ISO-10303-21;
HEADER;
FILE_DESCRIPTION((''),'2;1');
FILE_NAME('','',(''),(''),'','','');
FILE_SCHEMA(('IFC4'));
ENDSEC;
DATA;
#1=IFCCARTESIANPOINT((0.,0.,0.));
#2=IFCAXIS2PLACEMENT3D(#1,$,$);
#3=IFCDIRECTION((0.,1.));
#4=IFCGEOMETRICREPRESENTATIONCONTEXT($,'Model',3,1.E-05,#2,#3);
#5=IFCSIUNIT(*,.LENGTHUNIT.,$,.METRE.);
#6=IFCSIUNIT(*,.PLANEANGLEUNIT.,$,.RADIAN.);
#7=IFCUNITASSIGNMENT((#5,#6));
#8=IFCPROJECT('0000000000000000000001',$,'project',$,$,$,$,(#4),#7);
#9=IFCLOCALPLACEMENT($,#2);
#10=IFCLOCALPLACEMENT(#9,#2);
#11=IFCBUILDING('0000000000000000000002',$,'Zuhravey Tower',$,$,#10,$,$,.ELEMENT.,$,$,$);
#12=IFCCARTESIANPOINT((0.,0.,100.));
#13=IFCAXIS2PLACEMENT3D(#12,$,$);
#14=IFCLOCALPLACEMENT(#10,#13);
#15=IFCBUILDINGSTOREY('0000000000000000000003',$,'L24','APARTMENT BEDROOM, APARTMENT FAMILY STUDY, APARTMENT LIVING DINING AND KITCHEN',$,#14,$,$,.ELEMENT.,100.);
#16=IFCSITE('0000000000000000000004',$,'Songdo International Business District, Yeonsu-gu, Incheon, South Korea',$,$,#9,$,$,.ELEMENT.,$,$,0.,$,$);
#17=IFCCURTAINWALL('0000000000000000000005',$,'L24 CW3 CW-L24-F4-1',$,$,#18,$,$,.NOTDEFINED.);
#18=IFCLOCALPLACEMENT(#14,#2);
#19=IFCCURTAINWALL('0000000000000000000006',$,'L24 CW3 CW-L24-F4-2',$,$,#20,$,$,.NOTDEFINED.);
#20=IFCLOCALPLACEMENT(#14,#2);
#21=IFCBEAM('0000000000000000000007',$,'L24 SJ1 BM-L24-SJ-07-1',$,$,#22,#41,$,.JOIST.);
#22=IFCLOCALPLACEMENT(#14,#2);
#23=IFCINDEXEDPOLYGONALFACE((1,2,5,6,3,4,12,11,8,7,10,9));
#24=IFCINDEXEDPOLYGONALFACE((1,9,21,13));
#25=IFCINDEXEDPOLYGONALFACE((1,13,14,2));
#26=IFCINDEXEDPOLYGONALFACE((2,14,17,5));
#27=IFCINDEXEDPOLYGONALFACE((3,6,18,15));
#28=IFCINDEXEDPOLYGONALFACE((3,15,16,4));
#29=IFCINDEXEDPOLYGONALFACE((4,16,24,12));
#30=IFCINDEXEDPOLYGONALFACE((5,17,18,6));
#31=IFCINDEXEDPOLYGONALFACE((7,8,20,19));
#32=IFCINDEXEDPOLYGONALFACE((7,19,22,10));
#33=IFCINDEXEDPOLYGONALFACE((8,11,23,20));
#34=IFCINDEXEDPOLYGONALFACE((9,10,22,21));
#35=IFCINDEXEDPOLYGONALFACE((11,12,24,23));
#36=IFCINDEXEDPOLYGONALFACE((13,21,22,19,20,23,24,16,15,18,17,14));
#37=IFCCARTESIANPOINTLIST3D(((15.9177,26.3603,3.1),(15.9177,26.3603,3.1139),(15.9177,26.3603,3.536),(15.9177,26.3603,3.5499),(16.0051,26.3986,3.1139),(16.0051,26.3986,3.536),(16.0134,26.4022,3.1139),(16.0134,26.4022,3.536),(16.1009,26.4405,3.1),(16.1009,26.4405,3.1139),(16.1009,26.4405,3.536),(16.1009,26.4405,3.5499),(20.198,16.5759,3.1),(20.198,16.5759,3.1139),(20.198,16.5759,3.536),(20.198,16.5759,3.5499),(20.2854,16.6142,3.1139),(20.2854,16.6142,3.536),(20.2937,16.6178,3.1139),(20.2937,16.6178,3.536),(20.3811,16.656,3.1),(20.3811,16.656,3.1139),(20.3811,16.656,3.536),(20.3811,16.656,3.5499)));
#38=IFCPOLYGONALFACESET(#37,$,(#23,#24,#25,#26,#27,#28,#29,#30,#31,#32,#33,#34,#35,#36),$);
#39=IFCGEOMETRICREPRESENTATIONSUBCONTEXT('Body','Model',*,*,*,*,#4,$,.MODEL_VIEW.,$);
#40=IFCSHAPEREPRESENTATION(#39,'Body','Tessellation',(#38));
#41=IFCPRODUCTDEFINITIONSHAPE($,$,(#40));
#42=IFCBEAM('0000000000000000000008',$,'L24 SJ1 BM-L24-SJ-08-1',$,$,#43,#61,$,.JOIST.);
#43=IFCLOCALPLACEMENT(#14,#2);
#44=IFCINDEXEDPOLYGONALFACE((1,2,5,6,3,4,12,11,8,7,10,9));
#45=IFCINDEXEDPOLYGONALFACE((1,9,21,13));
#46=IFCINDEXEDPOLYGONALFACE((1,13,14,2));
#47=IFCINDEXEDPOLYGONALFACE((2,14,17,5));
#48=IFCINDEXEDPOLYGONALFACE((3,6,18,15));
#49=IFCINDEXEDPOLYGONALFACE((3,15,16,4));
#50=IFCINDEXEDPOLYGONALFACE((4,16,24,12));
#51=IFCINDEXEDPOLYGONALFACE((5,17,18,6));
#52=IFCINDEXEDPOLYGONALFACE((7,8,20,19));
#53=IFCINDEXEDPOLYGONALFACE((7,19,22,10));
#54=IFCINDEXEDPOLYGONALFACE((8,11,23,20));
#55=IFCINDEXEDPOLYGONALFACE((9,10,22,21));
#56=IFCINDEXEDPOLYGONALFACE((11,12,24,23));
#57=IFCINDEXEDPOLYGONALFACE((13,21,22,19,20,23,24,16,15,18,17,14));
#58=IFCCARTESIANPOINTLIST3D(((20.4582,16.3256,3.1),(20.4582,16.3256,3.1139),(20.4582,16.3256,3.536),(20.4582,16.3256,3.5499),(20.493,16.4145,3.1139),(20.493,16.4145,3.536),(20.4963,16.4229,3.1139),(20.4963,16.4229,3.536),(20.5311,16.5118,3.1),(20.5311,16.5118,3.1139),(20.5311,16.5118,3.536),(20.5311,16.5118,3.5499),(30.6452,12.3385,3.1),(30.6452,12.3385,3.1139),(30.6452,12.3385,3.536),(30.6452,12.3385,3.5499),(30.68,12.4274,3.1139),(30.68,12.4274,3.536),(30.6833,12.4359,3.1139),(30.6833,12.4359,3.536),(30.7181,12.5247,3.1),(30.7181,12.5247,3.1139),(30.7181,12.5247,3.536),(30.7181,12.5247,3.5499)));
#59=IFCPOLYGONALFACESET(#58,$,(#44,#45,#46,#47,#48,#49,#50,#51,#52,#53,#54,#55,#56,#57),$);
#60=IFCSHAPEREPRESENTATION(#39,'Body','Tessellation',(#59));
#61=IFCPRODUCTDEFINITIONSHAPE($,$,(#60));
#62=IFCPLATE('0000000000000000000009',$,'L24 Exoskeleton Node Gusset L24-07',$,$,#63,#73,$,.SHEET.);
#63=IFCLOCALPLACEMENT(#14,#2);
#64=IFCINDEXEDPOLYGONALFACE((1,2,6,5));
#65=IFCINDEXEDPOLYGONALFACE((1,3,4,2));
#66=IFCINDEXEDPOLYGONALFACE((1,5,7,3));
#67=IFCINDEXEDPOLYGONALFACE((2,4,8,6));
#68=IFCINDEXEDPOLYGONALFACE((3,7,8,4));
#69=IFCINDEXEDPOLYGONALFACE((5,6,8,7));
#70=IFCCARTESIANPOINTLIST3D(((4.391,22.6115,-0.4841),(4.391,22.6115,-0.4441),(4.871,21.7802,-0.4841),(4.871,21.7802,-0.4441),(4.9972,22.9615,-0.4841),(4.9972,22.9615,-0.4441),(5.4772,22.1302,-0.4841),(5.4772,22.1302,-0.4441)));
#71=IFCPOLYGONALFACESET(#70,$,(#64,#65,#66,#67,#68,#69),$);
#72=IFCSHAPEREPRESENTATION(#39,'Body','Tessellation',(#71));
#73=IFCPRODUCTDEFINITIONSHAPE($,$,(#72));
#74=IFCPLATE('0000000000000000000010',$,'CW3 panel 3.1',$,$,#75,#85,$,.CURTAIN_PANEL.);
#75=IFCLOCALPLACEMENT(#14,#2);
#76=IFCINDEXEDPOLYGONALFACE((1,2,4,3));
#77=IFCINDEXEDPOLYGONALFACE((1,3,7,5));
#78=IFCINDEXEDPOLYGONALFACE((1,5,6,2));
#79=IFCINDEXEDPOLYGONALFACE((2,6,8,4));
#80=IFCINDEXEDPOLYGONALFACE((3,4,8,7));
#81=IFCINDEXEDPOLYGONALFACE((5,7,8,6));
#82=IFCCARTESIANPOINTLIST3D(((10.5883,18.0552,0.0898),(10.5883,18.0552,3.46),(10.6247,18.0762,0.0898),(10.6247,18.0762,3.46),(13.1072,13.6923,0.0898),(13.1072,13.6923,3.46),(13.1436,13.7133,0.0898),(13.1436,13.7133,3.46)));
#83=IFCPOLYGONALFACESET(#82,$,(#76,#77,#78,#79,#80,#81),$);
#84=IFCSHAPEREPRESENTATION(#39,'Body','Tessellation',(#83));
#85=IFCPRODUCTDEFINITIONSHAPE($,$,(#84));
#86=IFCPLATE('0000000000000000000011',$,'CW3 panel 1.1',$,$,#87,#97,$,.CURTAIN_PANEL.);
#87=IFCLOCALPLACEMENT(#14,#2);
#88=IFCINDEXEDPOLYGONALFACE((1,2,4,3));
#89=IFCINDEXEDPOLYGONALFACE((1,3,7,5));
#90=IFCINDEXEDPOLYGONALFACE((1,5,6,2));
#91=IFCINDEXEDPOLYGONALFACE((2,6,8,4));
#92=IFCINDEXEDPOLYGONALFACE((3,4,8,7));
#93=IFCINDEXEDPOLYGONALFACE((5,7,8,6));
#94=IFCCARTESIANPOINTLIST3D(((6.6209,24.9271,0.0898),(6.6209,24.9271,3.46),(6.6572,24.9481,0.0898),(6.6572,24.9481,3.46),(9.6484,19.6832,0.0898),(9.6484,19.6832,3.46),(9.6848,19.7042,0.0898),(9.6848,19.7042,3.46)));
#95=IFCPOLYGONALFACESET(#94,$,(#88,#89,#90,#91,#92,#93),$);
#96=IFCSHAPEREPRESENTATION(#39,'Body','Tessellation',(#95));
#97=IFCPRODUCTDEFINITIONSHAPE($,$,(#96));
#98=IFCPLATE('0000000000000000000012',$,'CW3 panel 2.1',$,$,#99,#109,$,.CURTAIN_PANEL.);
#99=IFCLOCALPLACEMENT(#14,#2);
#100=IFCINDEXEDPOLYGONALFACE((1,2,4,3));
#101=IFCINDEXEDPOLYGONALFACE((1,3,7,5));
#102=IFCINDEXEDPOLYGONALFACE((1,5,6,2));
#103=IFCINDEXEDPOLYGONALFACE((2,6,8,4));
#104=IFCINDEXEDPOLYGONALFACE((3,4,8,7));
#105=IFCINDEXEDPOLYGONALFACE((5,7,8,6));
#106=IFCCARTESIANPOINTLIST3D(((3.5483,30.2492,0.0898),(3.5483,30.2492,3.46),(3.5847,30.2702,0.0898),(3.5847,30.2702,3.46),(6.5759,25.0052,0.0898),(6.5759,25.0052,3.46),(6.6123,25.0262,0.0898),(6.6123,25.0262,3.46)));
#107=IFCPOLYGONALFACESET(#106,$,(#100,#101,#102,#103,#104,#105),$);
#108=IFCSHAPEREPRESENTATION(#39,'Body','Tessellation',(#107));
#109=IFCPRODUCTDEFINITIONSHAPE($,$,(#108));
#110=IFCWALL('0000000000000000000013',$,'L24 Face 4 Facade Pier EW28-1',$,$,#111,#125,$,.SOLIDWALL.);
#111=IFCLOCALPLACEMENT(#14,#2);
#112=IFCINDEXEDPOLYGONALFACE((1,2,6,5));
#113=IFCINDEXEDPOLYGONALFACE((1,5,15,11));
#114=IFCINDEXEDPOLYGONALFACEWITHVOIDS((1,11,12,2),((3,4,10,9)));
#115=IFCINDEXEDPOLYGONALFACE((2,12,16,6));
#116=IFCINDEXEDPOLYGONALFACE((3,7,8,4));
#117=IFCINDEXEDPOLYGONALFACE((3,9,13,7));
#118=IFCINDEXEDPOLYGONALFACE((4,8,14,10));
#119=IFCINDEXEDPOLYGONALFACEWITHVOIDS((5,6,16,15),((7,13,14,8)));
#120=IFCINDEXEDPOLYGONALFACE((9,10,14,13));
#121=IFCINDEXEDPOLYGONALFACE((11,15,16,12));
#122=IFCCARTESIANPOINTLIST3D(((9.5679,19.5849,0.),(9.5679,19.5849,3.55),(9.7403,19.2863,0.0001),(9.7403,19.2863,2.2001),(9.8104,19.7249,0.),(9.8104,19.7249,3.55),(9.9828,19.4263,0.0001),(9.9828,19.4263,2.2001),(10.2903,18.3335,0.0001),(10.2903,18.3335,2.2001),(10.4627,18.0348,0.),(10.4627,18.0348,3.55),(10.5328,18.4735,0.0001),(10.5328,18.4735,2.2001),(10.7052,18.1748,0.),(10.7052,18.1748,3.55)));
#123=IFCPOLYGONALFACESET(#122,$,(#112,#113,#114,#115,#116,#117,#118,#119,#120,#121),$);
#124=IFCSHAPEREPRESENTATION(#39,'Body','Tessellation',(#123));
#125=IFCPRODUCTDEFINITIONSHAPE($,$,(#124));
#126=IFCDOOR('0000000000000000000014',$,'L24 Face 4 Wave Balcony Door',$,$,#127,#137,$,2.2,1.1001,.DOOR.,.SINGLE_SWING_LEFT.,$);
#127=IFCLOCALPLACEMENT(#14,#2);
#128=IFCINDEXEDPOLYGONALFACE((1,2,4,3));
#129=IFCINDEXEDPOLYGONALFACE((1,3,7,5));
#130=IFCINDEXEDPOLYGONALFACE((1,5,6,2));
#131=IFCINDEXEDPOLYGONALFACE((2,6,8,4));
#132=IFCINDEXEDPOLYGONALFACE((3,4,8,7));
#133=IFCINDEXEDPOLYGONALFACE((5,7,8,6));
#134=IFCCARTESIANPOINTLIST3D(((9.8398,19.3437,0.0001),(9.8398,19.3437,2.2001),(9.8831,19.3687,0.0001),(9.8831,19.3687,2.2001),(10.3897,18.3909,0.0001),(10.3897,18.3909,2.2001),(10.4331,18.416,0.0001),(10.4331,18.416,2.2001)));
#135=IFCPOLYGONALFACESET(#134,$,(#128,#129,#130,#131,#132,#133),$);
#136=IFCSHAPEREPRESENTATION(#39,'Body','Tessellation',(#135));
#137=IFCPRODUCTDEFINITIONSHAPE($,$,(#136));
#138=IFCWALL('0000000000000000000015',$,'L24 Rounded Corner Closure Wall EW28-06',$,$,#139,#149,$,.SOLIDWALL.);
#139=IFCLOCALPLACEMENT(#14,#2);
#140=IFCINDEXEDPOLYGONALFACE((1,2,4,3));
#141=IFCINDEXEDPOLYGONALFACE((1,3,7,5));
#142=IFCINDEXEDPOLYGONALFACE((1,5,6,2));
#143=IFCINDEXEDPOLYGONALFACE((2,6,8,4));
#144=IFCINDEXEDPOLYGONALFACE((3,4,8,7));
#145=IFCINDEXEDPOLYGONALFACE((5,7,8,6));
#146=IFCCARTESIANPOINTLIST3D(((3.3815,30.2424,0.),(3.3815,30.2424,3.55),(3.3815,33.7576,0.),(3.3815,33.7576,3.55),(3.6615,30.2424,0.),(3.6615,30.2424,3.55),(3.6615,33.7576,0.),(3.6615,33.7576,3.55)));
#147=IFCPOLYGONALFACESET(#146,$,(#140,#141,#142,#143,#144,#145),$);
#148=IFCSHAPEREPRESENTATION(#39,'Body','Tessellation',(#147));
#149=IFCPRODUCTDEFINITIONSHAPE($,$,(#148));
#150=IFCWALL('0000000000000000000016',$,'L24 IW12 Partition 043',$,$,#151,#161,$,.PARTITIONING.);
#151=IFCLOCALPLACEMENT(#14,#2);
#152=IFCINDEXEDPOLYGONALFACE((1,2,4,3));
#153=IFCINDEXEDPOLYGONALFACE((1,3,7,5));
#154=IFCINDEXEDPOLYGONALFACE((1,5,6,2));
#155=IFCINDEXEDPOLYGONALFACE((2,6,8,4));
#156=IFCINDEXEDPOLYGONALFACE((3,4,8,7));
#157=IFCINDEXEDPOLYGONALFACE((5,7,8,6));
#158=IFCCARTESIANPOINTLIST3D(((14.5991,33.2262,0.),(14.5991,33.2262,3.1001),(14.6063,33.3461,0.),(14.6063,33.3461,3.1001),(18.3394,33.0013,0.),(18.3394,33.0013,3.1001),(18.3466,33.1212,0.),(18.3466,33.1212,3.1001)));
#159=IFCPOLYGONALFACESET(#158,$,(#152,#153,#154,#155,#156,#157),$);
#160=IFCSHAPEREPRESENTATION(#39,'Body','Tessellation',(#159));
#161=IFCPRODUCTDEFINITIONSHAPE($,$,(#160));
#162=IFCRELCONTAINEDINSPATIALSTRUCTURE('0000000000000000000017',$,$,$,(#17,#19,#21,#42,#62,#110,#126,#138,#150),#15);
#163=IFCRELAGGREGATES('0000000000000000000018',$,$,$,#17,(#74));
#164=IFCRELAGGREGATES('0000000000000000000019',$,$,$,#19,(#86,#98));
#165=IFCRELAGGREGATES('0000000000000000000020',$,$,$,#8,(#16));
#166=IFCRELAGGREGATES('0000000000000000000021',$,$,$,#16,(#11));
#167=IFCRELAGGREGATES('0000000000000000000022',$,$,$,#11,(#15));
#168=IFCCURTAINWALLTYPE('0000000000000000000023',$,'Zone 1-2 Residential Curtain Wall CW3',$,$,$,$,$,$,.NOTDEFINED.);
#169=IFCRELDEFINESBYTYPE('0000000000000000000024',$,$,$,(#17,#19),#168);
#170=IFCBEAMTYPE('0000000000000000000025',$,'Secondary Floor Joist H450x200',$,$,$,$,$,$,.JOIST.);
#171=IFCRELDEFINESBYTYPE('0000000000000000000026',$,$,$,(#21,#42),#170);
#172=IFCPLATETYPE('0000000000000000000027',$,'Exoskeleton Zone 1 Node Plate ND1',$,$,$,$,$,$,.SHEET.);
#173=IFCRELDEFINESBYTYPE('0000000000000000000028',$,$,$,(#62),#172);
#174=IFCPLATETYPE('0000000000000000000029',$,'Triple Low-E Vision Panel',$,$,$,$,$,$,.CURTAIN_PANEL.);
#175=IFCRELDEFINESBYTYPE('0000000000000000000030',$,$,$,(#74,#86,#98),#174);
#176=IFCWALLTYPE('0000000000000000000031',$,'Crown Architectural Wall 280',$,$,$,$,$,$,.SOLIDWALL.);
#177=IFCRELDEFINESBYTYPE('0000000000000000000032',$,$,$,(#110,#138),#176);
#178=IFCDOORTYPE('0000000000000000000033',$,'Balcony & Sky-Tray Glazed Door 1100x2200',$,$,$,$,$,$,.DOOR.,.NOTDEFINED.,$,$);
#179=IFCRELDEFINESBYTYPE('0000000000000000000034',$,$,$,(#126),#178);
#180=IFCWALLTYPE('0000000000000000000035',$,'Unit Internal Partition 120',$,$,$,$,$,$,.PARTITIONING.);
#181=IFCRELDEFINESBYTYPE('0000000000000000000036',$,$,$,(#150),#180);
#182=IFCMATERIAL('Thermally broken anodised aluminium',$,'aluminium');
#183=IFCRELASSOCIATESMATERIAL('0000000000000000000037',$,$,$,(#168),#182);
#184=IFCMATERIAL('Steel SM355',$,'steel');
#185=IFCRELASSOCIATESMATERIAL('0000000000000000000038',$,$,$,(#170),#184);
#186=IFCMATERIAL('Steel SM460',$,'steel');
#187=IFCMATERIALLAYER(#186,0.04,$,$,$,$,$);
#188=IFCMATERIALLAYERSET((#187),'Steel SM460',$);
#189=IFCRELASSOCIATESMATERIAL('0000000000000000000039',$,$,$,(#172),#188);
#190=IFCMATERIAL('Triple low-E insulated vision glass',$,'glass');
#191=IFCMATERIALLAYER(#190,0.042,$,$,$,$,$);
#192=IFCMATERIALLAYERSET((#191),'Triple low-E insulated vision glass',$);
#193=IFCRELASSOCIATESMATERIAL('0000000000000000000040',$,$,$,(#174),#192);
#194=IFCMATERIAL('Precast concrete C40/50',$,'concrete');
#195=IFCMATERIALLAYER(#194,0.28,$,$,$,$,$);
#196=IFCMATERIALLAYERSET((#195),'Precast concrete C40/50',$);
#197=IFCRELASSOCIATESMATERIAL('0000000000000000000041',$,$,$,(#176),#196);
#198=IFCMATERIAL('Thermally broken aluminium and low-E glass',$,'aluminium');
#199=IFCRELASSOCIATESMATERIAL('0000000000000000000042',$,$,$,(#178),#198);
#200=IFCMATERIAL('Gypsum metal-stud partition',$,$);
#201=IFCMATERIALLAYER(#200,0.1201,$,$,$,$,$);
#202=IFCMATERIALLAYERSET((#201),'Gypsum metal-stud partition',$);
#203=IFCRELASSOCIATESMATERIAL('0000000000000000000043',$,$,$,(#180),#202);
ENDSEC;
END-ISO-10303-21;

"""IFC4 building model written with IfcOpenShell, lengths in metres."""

from ifc_helpers import new_model, si_unit, direction, frame, frame_2d, origin, origin_2d, place, context, subcontext, project, spatial, rectangle, i_section, extrude, material, layer, layer_set, material_profile, profile_set, type_object, element, fill, aggregate, save


model = new_model("IFC4")

# Units and contexts
model_context = context("Model", 3, precision=1e-05, world=origin(), true_north=direction((0.0, 1.0)))
body_context = subcontext(model_context, "Body", "Model", "MODEL_VIEW")
ifc_project = project(units=[si_unit("LENGTHUNIT", "METRE"), si_unit("PLANEANGLEUNIT", "RADIAN")], contexts=[model_context])

# Site, building, storey
site_placement = place(None, origin())
site = spatial("IfcSite", under=ifc_project, at=site_placement, Name="Songdo International Business District, Yeonsu-gu, Incheon, South Korea", CompositionType="ELEMENT", RefElevation=0.0)
building_placement = place(site_placement, origin())
building = spatial("IfcBuilding", under=site, at=building_placement, Name="Zuhravey Tower", CompositionType="ELEMENT")
storey_placement = place(building_placement, frame((0.0, 0.0, 100.0)))
storey = spatial("IfcBuildingStorey", under=building, at=storey_placement, Name="L24", Description="APARTMENT BEDROOM, APARTMENT FAMILY STUDY, APARTMENT LIVING DINING AND KITCHEN", CompositionType="ELEMENT", Elevation=100.0)

# Curtain wall
ifc_material_1 = material(Name="Thermally broken anodised aluminium", Category="aluminium")
curtain_wall_type = type_object("IfcCurtainWallType", Name="Zone 1-2 Residential Curtain Wall CW3", PredefinedType="NOTDEFINED", material=ifc_material_1)
curtain_wall_1_placement = place(storey_placement, origin())
curtain_wall_1 = element("IfcCurtainWall", 1, at=curtain_wall_1_placement, inside=storey, type_object=curtain_wall_type, Name="L24 CW3 CW-L24-F4-1", PredefinedType="NOTDEFINED")

# Curtain wall
curtain_wall_2_placement = place(storey_placement, origin())
curtain_wall_2 = element("IfcCurtainWall", 2, at=curtain_wall_2_placement, inside=storey, type_object=curtain_wall_type, Name="L24 CW3 CW-L24-F4-2", PredefinedType="NOTDEFINED")

# Shared definitions
ifc_material_2 = material(Name="Steel SM355", Category="steel")
ifc_material_3 = material(Name="Steel SM460", Category="steel")

# Beams
ifc_material_profile_1 = material_profile(ifc_material_2, i_section(OverallWidth=0.2, OverallDepth=0.45, WebThickness=0.009, FlangeThickness=0.0139, at=origin_2d()), Name="H-450x200x9x14")
ifc_profile_set_1 = profile_set([ifc_material_profile_1], Name="Steel SM355")
beam_type_1 = type_object("IfcBeamType", Name="Secondary Floor Joist H450x200", PredefinedType="JOIST", material=ifc_profile_set_1)
beam_1_placement = place(storey_placement, frame((16.0093, 26.4004, 3.325), z_axis=(0.400786, -0.916172, 0.0), x_axis=(0.916172, 0.400786, 0.0)))
element("IfcBeam", 3, at=beam_1_placement, inside=storey, type_object=beam_type_1, Name="L24 SJ1 BM-L24-SJ-07-1", PredefinedType="JOIST", context=body_context, shape_type="SweptSolid", body=[
    extrude(i_section(OverallWidth=0.2, OverallDepth=0.45, WebThickness=0.009, FlangeThickness=0.0139, at=origin_2d()), origin(), (0.0, 0.0, 1.0), 10.6797),
])
beam_2_placement = place(storey_placement, frame((20.4946, 16.4187, 3.325), z_axis=(0.931217, -0.364466, 0.0), x_axis=(0.364466, 0.931217, 0.0)))
element("IfcBeam", 4, at=beam_2_placement, inside=storey, type_object=beam_type_1, Name="L24 SJ1 BM-L24-SJ-08-1", PredefinedType="JOIST", context=body_context, shape_type="SweptSolid", body=[
    extrude(i_section(OverallWidth=0.2, OverallDepth=0.45, WebThickness=0.009, FlangeThickness=0.0139, at=origin_2d()), origin(), (0.0, 0.0, 1.0), 10.9395),
])

# Plates
ifc_layer_1 = layer(ifc_material_3, 0.04)
ifc_layer_set_1 = layer_set([ifc_layer_1], Name="Steel SM460")
plate_type_1 = type_object("IfcPlateType", Name="Exoskeleton Zone 1 Node Plate ND1", PredefinedType="SHEET", material=ifc_layer_set_1)
plate_1_placement = place(storey_placement, frame((4.9341, 22.3708, -0.4841), z_axis=(0.0, 0.0, 1.0), x_axis=(0.5, -0.866025, 0.0)))
element("IfcPlate", 5, at=plate_1_placement, inside=storey, type_object=plate_type_1, Name="L24 Exoskeleton Node Gusset L24-07", PredefinedType="SHEET", context=body_context, shape_type="SweptSolid", body=[
    extrude(rectangle(XDim=0.96, YDim=0.7, at=origin_2d()), origin(), (0.0, 0.0, 1.0), 0.04),
])
ifc_material_4 = material(Name="Triple low-E insulated vision glass", Category="glass")
ifc_layer_2 = layer(ifc_material_4, 0.042)
ifc_layer_set_2 = layer_set([ifc_layer_2], Name="Triple low-E insulated vision glass")
plate_type_2 = type_object("IfcPlateType", Name="Triple Low-E Vision Panel", PredefinedType="CURTAIN_PANEL", material=ifc_layer_set_2)
plate_2_placement = place(storey_placement, frame((11.866, 15.8843, 0.0898), z_axis=(0.0, 0.0, 1.0), x_axis=(-0.499999, 0.866026, 0.0)))
plate_2 = element("IfcPlate", 6, at=plate_2_placement, type_object=plate_type_2, Name="CW3 panel 3.1", PredefinedType="CURTAIN_PANEL", context=body_context, shape_type="SweptSolid", body=[
    extrude(rectangle(XDim=5.0378, YDim=0.042, at=origin_2d()), origin(), (0.0, 0.0, 1.0), 3.3701),
])
aggregate(curtain_wall_1, [plate_2])
plate_3_placement = place(storey_placement, frame((8.1528, 22.3157, 0.0898), z_axis=(0.0, 0.0, 1.0), x_axis=(-0.499999, 0.866026, 0.0)))
plate_3 = element("IfcPlate", 7, at=plate_3_placement, type_object=plate_type_2, Name="CW3 panel 1.1", PredefinedType="CURTAIN_PANEL", context=body_context, shape_type="SweptSolid", body=[
    extrude(rectangle(XDim=6.0552, YDim=0.042, at=origin_2d()), origin(), (0.0, 0.0, 1.0), 3.3701),
])
plate_4_placement = place(storey_placement, frame((5.0803, 27.6377, 0.0898), z_axis=(0.0, 0.0, 1.0), x_axis=(-0.499999, 0.866026, 0.0)))
plate_4 = element("IfcPlate", 8, at=plate_4_placement, type_object=plate_type_2, Name="CW3 panel 2.1", PredefinedType="CURTAIN_PANEL", context=body_context, shape_type="SweptSolid", body=[
    extrude(rectangle(XDim=6.0552, YDim=0.042, at=origin_2d()), origin(), (0.0, 0.0, 1.0), 3.3701),
])
aggregate(curtain_wall_2, [plate_3, plate_4])

# Wall, opening, door
ifc_material_5 = material(Name="Precast concrete C40/50", Category="concrete")
ifc_layer_3 = layer(ifc_material_5, 0.28)
ifc_layer_set_3 = layer_set([ifc_layer_3], Name="Precast concrete C40/50")
wall_type_1 = type_object("IfcWallType", Name="Crown Architectural Wall 280", PredefinedType="SOLIDWALL", material=ifc_layer_set_3)
wall_1_placement = place(storey_placement, frame((10.584, 18.1047, 0.0), z_axis=(0.0, 0.0, 1.0), x_axis=(-0.499939, 0.866061, 0.0)))
wall_1 = element("IfcWall", 9, at=wall_1_placement, inside=storey, type_object=wall_type_1, Name="L24 Face 4 Facade Pier EW28-1", PredefinedType="SOLIDWALL", context=body_context, shape_type="SweptSolid", body=[
    extrude(rectangle(XDim=1.7898, YDim=0.28, at=frame_2d((0.895, 0.0))), origin(), (0.0, 0.0, 1.0), 3.55),
])
opening_1_placement = place(wall_1_placement, frame((0.345, 0.0, 0.0)))
opening_1 = element("IfcOpeningElement", 10, at=opening_1_placement, cuts=wall_1, PredefinedType="OPENING", context=body_context, shape_type="SweptSolid", body=[
    extrude(rectangle(XDim=1.1001, YDim=2.2, at=frame_2d((0.55, 1.1001))), frame((0.0, 0.1521, 0.0), z_axis=(0.0, -1.0, 0.0), x_axis=(1.0, 0.0, 0.0)), (0.0, 0.0, 1.0), 0.304),
])
ifc_material_6 = material(Name="Thermally broken aluminium and low-E glass", Category="aluminium")
door_type_1 = type_object("IfcDoorType", Name="Balcony & Sky-Tray Glazed Door 1100x2200", OperationType="NOTDEFINED", PredefinedType="DOOR", material=ifc_material_6)
door_1_placement = place(opening_1_placement, frame((1.1001, 0.0, 0.0), z_axis=(0.0, 0.0, 1.0), x_axis=(-1.0, 0.0, 0.0)))
door_1 = element("IfcDoor", 11, at=door_1_placement, inside=storey, type_object=door_type_1, Name="L24 Face 4 Wave Balcony Door", OperationType="SINGLE_SWING_LEFT", OverallHeight=2.2, OverallWidth=1.1001, PredefinedType="DOOR", context=body_context, shape_type="SweptSolid", body=[
    extrude(rectangle(XDim=1.1001, YDim=2.2, at=frame_2d((0.55, 1.1001))), frame((0.0, 0.0249, 0.0), z_axis=(0.0, -1.0, 0.0), x_axis=(1.0, 0.0, 0.0)), (0.0, 0.0, 1.0), 0.05),
])
fill(opening_1, door_1)

# Walls
wall_2_placement = place(storey_placement, frame((3.5215, 30.2424, 0.0), z_axis=(0.0, 0.0, 1.0), x_axis=(0.0, 1.0, 0.0)))
element("IfcWall", 12, at=wall_2_placement, inside=storey, type_object=wall_type_1, Name="L24 Rounded Corner Closure Wall EW28-06", PredefinedType="SOLIDWALL", context=body_context, shape_type="SweptSolid", body=[
    extrude(rectangle(XDim=3.5151, YDim=0.28, at=frame_2d((1.7576, 0.0))), origin(), (0.0, 0.0, 1.0), 3.55),
])
ifc_material_7 = material(Name="Gypsum metal-stud partition")
ifc_layer_4 = layer(ifc_material_7, 0.1201)
ifc_layer_set_4 = layer_set([ifc_layer_4], Name="Gypsum metal-stud partition")
wall_type_2 = type_object("IfcWallType", Name="Unit Internal Partition 120", PredefinedType="PARTITIONING", material=ifc_layer_set_4)
wall_3_placement = place(storey_placement, frame((18.343, 33.0613, 0.0), z_axis=(0.0, 0.0, 1.0), x_axis=(-0.998198, 0.060009, 0.0)))
element("IfcWall", 13, at=wall_3_placement, inside=storey, type_object=wall_type_2, Name="L24 IW12 Partition 043", PredefinedType="PARTITIONING", context=body_context, shape_type="SweptSolid", body=[
    extrude(rectangle(XDim=3.7471, YDim=0.1201, at=frame_2d((1.8735, 0.0))), origin(), (0.0, 0.0, 1.0), 3.1001),
])

save(model, "model.ifc")
